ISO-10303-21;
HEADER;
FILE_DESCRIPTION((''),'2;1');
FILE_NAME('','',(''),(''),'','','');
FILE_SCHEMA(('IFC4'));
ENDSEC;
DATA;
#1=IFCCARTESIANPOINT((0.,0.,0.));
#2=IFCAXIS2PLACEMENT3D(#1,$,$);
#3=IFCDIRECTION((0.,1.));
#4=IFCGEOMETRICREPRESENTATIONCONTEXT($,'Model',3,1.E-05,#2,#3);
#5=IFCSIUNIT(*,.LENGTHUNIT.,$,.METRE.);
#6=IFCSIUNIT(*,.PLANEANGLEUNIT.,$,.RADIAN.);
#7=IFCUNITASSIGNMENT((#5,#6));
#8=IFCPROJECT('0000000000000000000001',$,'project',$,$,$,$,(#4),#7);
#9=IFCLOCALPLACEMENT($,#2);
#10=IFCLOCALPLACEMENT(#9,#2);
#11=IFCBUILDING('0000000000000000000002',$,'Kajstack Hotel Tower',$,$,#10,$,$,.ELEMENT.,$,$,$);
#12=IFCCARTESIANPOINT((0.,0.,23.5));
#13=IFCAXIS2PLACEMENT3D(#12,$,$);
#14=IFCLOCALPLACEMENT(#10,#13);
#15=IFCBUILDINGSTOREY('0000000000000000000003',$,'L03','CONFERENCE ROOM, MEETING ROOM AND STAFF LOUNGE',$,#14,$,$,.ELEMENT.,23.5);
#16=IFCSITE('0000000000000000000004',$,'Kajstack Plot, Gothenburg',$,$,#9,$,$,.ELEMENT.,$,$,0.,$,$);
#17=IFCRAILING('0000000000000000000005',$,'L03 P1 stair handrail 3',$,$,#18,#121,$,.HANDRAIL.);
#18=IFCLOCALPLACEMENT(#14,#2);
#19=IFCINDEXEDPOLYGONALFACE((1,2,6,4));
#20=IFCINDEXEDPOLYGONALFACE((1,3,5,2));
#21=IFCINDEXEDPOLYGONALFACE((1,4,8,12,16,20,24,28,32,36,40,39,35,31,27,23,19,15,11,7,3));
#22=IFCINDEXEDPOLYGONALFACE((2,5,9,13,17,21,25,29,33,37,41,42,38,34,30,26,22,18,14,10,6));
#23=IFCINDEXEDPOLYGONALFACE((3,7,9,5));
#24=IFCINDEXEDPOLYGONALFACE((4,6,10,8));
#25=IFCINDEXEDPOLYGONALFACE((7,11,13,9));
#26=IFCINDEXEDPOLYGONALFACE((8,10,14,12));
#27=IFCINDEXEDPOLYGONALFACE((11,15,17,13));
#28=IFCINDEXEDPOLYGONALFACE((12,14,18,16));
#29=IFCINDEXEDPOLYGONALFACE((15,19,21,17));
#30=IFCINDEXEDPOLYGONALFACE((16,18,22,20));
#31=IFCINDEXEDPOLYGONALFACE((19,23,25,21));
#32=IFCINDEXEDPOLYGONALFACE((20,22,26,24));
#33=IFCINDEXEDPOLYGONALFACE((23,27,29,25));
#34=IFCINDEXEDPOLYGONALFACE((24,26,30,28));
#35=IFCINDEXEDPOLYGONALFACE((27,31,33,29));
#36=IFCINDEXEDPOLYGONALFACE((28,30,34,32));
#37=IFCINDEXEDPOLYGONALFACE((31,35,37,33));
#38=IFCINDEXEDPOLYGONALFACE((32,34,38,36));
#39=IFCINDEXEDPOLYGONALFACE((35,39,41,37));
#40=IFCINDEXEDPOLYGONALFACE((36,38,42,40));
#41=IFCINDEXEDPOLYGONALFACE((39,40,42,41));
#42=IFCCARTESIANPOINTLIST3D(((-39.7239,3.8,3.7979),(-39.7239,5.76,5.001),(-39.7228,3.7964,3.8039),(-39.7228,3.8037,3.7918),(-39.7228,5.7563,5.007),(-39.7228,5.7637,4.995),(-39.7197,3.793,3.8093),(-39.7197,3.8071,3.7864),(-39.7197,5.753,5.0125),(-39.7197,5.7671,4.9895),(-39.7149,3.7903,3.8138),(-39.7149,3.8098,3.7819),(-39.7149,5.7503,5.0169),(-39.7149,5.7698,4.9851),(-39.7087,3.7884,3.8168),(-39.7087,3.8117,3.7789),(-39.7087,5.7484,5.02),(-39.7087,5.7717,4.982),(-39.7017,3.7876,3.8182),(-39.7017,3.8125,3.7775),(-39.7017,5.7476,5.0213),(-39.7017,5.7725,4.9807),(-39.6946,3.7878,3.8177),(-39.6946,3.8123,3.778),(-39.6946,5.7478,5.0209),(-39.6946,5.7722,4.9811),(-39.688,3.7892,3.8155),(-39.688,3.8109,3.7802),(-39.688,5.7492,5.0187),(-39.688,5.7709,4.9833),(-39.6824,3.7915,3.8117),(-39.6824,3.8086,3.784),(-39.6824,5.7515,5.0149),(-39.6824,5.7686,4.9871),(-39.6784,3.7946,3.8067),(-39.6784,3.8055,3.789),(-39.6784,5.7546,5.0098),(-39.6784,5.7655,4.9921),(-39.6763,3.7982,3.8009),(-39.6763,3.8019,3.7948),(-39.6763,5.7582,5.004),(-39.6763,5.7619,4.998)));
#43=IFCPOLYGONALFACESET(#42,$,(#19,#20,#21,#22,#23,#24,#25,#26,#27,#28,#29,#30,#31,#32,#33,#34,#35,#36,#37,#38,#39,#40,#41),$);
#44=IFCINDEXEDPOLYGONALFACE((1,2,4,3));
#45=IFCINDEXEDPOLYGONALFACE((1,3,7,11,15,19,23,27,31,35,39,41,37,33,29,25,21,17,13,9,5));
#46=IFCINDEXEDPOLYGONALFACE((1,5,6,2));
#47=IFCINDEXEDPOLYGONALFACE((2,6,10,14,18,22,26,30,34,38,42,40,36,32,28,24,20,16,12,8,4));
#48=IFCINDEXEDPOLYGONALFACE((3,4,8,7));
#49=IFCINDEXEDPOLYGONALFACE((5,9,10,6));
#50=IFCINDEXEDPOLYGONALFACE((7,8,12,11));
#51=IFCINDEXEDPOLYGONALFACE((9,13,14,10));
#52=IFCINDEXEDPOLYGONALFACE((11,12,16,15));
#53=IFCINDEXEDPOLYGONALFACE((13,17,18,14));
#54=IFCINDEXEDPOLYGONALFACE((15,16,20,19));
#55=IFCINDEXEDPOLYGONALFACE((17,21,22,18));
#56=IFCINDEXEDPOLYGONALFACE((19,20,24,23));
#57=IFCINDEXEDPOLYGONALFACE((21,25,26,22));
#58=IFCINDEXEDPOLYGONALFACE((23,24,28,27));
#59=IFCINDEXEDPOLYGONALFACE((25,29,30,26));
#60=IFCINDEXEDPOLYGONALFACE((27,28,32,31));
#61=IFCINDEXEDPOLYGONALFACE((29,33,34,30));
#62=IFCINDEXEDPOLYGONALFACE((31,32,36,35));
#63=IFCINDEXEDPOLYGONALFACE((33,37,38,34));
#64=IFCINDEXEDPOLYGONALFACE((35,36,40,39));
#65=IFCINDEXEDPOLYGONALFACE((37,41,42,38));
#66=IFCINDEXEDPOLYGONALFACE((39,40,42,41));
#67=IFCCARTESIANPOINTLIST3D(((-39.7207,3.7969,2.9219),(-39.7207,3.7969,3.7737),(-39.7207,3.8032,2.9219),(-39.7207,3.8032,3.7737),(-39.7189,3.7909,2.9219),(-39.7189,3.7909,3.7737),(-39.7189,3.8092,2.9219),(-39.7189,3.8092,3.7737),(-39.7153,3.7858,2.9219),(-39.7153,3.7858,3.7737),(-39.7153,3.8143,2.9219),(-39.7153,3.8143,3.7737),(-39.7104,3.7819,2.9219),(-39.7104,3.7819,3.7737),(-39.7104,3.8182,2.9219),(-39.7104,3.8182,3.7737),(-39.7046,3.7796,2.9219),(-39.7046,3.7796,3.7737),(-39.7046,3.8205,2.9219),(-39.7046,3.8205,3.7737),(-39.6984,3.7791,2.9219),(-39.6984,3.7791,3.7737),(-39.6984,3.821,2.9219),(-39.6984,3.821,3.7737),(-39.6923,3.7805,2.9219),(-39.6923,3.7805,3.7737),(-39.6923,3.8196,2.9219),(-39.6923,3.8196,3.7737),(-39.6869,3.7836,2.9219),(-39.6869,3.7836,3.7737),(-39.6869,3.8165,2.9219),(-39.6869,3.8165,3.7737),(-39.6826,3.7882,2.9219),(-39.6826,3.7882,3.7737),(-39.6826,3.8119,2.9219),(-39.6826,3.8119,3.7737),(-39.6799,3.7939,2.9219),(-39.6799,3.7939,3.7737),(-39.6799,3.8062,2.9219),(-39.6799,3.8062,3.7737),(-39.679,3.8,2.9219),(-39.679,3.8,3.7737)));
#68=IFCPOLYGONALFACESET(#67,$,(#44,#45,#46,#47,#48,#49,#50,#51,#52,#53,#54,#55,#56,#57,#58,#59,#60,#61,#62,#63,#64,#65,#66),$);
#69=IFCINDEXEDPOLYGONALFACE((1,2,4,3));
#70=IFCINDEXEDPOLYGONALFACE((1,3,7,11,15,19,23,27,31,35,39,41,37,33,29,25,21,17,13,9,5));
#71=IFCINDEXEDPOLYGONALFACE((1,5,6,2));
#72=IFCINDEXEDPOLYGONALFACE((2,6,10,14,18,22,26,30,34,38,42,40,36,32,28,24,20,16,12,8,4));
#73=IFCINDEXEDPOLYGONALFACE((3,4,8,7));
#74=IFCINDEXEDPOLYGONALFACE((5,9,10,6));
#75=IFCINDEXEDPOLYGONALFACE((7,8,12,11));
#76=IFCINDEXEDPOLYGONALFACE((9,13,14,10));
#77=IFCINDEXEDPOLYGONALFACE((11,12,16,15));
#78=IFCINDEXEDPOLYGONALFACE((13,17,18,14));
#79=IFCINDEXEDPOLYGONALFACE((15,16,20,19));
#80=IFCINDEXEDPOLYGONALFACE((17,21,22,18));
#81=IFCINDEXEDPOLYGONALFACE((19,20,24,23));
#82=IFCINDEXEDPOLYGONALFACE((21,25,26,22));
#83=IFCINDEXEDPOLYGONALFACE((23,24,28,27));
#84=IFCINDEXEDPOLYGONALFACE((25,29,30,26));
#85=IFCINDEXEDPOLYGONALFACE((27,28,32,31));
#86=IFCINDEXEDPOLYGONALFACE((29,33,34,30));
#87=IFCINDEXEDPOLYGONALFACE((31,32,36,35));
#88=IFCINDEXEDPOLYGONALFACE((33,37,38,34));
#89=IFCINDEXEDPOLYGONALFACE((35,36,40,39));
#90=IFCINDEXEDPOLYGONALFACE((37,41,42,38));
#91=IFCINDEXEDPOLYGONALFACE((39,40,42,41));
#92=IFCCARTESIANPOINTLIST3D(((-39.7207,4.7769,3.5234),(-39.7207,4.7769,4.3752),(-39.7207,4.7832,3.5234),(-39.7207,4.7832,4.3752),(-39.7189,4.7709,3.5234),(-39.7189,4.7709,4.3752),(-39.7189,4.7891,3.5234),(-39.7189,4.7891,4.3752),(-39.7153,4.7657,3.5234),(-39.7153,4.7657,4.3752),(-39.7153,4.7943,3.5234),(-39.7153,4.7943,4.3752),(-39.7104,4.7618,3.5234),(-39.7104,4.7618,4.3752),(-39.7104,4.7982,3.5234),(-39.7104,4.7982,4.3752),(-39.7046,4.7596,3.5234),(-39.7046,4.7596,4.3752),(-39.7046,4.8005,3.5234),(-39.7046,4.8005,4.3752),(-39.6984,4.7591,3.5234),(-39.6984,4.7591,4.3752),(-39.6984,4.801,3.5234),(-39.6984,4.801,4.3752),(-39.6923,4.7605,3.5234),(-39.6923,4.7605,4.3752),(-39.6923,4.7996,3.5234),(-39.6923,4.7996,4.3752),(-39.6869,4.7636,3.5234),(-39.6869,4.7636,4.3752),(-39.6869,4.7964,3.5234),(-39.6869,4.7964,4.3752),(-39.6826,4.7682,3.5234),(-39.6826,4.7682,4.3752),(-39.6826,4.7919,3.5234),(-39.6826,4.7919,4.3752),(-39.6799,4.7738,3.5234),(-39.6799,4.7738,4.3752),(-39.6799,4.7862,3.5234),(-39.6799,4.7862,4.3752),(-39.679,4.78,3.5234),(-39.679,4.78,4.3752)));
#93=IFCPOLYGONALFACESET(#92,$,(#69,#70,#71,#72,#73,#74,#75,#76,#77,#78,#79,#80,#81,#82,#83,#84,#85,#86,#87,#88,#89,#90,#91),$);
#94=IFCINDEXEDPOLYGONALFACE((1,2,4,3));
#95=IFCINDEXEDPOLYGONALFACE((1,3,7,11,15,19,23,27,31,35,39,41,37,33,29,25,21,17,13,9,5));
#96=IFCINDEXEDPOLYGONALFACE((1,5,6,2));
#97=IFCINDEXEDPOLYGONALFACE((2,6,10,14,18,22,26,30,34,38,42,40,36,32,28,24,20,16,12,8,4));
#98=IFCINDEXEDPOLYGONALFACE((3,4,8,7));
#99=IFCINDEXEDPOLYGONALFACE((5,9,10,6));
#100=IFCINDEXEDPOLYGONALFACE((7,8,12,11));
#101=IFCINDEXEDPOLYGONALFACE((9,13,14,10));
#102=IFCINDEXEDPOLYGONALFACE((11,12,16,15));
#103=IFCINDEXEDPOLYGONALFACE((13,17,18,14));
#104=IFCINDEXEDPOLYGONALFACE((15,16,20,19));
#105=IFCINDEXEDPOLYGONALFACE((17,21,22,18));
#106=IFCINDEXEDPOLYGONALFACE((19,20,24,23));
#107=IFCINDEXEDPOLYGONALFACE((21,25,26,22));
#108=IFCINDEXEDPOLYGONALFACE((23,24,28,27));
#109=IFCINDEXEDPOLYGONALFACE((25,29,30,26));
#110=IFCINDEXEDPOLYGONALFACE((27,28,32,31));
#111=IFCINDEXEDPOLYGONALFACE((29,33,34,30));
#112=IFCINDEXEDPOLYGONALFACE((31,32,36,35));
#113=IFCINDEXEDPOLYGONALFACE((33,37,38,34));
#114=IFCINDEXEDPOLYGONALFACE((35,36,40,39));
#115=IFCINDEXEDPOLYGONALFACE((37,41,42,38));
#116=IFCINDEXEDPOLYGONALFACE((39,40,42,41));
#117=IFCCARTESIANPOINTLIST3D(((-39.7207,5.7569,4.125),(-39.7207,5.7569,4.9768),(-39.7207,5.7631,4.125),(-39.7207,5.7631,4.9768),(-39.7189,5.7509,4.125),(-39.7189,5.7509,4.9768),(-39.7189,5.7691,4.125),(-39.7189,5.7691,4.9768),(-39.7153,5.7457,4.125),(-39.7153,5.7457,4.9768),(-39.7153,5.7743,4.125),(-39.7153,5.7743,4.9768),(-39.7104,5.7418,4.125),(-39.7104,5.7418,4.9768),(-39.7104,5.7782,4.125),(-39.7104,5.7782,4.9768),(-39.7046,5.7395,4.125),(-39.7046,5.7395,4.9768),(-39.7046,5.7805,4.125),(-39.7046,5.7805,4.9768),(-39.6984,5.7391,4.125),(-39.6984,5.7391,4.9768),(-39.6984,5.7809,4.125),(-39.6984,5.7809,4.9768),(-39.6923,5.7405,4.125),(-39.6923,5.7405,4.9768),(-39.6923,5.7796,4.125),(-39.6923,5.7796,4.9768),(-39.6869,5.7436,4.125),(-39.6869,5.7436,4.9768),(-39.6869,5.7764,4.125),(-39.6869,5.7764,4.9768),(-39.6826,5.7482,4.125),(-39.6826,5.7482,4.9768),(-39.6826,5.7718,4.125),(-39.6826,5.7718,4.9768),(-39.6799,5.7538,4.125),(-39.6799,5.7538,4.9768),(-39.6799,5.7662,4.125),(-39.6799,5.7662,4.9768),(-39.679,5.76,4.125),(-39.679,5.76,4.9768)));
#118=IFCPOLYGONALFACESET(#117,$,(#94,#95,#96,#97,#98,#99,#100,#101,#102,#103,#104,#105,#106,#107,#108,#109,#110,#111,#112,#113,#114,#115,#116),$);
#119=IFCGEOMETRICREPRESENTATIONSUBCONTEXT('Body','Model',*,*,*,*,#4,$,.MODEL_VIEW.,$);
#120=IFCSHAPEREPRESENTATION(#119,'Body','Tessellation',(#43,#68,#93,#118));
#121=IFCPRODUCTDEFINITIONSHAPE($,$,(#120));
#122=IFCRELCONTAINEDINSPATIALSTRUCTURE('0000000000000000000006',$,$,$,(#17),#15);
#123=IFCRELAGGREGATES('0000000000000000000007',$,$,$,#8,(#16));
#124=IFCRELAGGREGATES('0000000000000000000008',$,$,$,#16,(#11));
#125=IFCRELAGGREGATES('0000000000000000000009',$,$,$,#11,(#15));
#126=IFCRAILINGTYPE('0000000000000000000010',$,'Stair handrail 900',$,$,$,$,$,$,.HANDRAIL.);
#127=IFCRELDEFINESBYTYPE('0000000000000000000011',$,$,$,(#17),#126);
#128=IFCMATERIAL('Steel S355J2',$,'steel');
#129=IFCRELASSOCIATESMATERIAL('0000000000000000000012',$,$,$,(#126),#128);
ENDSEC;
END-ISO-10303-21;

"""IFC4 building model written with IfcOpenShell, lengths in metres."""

from ifc_helpers import new_model, si_unit, direction, frame, origin, origin_2d, place, context, subcontext, project, spatial, circle, extrude, material, type_object, element, save


model = new_model("IFC4")

# Units and contexts
model_context = context("Model", 3, precision=1e-05, world=origin(), true_north=direction((0.0, 1.0)))
body_context = subcontext(model_context, "Body", "Model", "MODEL_VIEW")
ifc_project = project(units=[si_unit("LENGTHUNIT", "METRE"), si_unit("PLANEANGLEUNIT", "RADIAN")], contexts=[model_context])

# Site, building, storey
site_placement = place(None, origin())
site = spatial("IfcSite", under=ifc_project, at=site_placement, Name="Kajstack Plot, Gothenburg", CompositionType="ELEMENT", RefElevation=0.0)
building_placement = place(site_placement, origin())
building = spatial("IfcBuilding", under=site, at=building_placement, Name="Kajstack Hotel Tower", CompositionType="ELEMENT")
storey_placement = place(building_placement, frame((0.0, 0.0, 23.5)))
storey = spatial("IfcBuildingStorey", under=building, at=storey_placement, Name="L03", Description="CONFERENCE ROOM, MEETING ROOM AND STAFF LOUNGE", CompositionType="ELEMENT", Elevation=23.5)

# Railing
ifc_material_1 = material(Name="Steel S355J2", Category="steel")
railing_type_1 = type_object("IfcRailingType", Name="Stair handrail 900", PredefinedType="HANDRAIL", material=ifc_material_1)
railing_1_placement = place(storey_placement, frame((-39.7, 3.8, 2.9219)))
element("IfcRailing", 1, at=railing_1_placement, inside=storey, type_object=railing_type_1, Name="L03 P1 stair handrail 3", PredefinedType="HANDRAIL", context=body_context, shape_type="SweptSolid", body=[
    extrude(circle(Radius=0.0239, at=origin_2d()), frame((0.0, 0.0, 0.876), z_axis=(0.0, 0.852241, 0.523149), x_axis=(-1.0, 0.0, 0.0)), (0.0, 0.0, 1.0), 2.2998),
    extrude(circle(Radius=0.021, at=origin_2d()), origin(), (0.0, 0.0, 1.0), 0.8518),
    extrude(circle(Radius=0.021, at=origin_2d()), frame((0.0, 0.98, 0.6016)), (0.0, 0.0, 1.0), 0.8518),
    extrude(circle(Radius=0.021, at=origin_2d()), frame((0.0, 1.96, 1.2031)), (0.0, 0.0, 1.0), 0.8518),
])

save(model, "model.ifc")
